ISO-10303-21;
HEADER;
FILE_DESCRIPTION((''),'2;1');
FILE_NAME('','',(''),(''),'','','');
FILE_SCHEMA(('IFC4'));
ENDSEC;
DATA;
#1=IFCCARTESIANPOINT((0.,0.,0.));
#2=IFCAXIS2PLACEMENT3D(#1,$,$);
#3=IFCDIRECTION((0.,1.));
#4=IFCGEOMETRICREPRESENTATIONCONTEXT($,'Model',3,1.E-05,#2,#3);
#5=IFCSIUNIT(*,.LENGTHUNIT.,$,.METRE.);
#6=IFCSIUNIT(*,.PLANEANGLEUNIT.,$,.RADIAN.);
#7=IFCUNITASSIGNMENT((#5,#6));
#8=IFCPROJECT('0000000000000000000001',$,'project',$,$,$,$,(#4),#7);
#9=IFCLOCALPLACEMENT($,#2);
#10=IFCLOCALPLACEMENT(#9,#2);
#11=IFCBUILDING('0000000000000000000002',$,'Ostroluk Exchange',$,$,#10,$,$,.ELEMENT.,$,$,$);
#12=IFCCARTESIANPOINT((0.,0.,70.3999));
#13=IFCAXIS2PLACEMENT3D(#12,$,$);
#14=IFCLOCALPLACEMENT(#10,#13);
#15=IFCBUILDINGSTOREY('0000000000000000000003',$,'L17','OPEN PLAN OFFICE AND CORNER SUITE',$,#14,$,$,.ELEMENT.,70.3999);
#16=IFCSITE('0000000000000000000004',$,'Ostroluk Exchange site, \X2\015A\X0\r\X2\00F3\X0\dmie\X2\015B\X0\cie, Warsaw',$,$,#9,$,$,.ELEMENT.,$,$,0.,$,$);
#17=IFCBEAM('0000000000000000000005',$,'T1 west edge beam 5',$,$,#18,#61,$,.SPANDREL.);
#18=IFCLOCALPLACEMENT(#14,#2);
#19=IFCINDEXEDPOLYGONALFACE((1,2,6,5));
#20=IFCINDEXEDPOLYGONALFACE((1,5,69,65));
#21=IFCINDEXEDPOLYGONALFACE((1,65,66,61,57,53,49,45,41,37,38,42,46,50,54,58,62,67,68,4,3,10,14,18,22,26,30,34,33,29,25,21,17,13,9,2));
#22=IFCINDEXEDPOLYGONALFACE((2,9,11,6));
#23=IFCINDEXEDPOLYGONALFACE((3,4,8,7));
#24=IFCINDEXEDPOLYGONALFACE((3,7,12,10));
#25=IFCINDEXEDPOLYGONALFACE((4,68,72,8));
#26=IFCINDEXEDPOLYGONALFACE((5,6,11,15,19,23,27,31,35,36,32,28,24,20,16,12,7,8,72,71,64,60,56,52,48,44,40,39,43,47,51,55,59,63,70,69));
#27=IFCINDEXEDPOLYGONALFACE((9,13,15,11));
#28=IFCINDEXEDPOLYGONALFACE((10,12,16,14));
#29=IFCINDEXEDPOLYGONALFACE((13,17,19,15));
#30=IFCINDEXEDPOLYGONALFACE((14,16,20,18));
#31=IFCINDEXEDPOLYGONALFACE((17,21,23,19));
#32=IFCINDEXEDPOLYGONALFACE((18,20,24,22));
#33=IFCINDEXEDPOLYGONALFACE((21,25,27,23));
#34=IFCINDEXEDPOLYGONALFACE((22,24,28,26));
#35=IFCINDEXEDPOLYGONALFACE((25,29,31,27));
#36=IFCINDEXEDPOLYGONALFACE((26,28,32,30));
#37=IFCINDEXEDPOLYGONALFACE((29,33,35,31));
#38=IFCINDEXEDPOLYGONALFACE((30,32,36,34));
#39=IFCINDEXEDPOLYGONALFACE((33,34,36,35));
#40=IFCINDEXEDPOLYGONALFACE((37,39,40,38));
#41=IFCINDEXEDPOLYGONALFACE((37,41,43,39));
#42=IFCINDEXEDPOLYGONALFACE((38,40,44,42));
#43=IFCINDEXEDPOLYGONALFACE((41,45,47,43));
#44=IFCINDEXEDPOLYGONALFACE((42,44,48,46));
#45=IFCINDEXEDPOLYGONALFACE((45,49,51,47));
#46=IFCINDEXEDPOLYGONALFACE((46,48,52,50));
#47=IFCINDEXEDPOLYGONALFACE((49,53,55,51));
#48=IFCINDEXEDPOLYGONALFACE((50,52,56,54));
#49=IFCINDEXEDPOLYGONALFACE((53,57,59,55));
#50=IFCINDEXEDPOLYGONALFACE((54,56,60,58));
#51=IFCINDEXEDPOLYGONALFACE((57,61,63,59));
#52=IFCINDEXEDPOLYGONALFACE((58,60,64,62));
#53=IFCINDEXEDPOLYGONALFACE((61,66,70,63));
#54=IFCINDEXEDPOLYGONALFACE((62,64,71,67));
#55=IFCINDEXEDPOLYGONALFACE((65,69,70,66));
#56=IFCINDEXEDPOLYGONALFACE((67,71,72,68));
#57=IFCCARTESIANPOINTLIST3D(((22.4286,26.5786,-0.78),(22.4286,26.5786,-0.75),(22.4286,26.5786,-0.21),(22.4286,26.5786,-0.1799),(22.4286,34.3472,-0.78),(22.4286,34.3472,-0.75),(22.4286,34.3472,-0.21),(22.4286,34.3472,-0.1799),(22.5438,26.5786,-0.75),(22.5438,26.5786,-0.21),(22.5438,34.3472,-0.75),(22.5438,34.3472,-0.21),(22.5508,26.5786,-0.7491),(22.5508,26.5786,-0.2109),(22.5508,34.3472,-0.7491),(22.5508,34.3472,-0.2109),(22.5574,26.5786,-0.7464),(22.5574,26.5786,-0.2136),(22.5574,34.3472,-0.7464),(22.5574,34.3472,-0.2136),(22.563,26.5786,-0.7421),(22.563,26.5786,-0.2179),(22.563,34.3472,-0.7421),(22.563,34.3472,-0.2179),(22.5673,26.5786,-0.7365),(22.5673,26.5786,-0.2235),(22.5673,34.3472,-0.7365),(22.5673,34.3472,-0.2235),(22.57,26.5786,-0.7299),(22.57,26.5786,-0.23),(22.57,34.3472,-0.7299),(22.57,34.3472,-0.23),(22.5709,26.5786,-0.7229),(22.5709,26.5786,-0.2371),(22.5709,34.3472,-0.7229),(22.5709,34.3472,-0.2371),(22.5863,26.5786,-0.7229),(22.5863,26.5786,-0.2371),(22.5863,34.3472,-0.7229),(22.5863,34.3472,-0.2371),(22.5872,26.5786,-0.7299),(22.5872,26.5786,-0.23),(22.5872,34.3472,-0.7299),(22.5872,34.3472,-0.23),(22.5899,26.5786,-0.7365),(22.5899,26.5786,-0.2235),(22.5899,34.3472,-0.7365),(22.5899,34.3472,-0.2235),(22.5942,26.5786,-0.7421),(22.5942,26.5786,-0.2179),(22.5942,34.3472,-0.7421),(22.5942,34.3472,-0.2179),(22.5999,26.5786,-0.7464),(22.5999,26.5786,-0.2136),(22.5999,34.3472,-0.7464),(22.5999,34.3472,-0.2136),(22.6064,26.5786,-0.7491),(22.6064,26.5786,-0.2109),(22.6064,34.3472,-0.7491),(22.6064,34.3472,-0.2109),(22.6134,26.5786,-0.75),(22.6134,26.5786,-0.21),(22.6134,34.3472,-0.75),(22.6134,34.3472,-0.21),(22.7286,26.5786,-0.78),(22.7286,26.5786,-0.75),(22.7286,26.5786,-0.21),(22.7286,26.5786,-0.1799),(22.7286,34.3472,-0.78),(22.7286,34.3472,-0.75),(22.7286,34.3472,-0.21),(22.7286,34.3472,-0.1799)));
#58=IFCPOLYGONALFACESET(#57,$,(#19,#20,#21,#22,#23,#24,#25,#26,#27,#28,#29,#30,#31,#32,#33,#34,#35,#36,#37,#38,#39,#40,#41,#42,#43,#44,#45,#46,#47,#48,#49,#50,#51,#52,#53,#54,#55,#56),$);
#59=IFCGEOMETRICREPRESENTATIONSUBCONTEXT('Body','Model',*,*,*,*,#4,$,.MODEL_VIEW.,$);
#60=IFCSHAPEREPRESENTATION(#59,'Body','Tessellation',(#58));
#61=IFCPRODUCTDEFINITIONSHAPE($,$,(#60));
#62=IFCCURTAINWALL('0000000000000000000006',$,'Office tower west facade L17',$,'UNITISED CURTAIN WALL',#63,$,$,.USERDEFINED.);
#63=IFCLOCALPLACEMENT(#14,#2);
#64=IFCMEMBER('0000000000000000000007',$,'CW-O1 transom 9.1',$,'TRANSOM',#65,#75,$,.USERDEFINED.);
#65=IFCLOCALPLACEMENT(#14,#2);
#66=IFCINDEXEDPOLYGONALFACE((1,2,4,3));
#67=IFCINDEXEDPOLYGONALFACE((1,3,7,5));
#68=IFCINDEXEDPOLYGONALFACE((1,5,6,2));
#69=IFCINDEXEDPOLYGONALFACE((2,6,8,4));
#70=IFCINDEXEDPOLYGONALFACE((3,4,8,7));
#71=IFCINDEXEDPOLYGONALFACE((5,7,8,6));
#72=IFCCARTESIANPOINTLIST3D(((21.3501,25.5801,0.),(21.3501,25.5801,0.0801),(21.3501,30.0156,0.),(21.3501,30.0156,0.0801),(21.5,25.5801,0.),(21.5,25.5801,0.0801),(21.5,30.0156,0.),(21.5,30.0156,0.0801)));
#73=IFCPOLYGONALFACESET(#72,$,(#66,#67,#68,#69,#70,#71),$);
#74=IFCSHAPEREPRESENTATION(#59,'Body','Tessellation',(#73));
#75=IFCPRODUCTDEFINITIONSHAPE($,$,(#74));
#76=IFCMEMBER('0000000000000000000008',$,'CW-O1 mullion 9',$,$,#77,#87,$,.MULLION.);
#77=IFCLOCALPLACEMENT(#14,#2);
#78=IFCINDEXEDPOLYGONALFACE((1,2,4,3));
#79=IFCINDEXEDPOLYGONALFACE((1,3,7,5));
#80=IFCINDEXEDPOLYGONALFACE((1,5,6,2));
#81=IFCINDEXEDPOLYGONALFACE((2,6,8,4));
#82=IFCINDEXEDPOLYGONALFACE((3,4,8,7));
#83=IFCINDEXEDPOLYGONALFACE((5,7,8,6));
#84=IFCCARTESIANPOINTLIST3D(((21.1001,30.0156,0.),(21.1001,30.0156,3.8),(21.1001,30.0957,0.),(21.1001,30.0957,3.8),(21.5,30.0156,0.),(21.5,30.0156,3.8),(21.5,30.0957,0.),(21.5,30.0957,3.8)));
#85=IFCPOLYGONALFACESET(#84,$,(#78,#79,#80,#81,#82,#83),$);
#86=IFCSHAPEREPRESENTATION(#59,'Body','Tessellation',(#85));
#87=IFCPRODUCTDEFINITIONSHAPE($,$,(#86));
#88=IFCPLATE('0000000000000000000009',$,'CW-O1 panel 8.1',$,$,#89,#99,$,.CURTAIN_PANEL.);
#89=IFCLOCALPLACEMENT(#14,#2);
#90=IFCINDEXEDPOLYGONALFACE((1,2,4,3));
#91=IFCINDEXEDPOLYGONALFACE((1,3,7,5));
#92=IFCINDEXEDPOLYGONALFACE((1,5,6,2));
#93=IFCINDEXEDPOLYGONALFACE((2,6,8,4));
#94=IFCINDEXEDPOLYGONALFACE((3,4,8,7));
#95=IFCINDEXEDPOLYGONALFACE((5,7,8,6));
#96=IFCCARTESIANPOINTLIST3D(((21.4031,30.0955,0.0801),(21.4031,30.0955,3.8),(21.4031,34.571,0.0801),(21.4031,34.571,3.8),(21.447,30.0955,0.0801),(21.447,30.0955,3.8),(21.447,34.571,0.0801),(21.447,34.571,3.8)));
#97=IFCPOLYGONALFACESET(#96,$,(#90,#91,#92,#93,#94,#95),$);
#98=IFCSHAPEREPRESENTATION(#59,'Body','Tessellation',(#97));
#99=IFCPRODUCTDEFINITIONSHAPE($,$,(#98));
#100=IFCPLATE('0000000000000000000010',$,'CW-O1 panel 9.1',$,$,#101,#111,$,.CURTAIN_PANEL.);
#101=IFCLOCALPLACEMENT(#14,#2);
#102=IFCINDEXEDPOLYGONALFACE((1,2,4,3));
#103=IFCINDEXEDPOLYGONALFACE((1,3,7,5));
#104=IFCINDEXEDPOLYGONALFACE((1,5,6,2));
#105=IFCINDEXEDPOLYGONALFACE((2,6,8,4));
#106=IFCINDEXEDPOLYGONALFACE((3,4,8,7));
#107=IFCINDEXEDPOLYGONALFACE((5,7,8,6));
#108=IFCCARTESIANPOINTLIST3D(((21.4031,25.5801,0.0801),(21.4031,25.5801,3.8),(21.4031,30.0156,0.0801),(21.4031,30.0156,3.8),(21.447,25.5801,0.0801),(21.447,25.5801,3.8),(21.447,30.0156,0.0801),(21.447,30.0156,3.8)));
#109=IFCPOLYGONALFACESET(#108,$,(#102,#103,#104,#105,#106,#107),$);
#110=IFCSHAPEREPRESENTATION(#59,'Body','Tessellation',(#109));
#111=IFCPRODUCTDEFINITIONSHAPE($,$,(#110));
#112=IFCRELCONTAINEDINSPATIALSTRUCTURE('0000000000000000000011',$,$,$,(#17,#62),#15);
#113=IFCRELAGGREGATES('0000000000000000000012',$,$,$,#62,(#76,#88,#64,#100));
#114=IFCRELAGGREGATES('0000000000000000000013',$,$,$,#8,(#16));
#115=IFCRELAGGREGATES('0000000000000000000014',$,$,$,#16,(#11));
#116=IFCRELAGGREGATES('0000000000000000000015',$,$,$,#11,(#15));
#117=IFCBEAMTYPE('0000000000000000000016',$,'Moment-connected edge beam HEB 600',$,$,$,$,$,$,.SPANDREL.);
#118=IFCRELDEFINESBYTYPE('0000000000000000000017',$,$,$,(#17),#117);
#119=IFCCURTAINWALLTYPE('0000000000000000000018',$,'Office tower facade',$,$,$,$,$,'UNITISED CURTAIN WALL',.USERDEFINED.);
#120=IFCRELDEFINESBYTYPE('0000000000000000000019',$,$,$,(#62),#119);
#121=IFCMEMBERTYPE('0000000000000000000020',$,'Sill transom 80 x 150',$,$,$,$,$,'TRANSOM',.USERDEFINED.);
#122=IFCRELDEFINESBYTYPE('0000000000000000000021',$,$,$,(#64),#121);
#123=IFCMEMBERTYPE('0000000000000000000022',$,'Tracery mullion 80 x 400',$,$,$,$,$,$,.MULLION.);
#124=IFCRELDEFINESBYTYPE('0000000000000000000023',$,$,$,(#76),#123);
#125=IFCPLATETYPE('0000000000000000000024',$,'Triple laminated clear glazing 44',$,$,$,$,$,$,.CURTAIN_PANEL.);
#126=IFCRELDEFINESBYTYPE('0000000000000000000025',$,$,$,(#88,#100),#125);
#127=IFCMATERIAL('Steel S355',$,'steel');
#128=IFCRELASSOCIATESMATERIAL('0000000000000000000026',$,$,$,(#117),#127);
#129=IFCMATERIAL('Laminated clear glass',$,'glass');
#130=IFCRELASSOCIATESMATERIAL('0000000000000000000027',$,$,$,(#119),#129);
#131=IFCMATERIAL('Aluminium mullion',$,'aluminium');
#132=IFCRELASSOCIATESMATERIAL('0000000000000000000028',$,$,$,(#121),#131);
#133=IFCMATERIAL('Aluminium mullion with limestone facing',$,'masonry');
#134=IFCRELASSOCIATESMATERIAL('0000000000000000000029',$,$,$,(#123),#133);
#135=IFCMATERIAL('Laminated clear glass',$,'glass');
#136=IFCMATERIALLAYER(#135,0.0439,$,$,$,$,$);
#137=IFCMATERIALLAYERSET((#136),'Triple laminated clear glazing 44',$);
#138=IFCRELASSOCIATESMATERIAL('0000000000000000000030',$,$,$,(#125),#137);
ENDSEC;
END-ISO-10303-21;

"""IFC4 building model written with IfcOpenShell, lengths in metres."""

from ifc_helpers import new_model, si_unit, direction, frame, origin, origin_2d, place, context, subcontext, project, spatial, rectangle, i_section, extrude, material, layer, layer_set, material_profile, profile_set, type_object, element, aggregate, save


model = new_model("IFC4")

# Units and contexts
model_context = context("Model", 3, precision=1e-05, world=origin(), true_north=direction((0.0, 1.0)))
body_context = subcontext(model_context, "Body", "Model", "MODEL_VIEW")
ifc_project = project(units=[si_unit("LENGTHUNIT", "METRE"), si_unit("PLANEANGLEUNIT", "RADIAN")], contexts=[model_context])

# Site, building, storey
site_placement = place(None, origin())
site = spatial("IfcSite", under=ifc_project, at=site_placement, Name="Ostroluk Exchange site, Śródmieście, Warsaw", CompositionType="ELEMENT", RefElevation=0.0)
building_placement = place(site_placement, origin())
building = spatial("IfcBuilding", under=site, at=building_placement, Name="Ostroluk Exchange", CompositionType="ELEMENT")
storey_placement = place(building_placement, frame((0.0, 0.0, 70.3999)))
storey = spatial("IfcBuildingStorey", under=building, at=storey_placement, Name="L17", Description="OPEN PLAN OFFICE AND CORNER SUITE", CompositionType="ELEMENT", Elevation=70.3999)

# Beam
ifc_material_1 = material(Name="Steel S355", Category="steel")
ifc_material_profile_1 = material_profile(ifc_material_1, i_section(OverallWidth=0.3, OverallDepth=0.6001, WebThickness=0.0154, FlangeThickness=0.03, FilletRadius=0.0271, at=origin_2d()), Name="HEB 600")
ifc_profile_set_1 = profile_set([ifc_material_profile_1], Name="Steel S355")
beam_type_1 = type_object("IfcBeamType", Name="Moment-connected edge beam HEB 600", PredefinedType="SPANDREL", material=ifc_profile_set_1)
beam_placement = place(storey_placement, frame((22.5786, 34.3472, -0.48), z_axis=(0.0, -1.0, 0.0), x_axis=(1.0, 0.0, 0.0)))
element("IfcBeam", 1, at=beam_placement, inside=storey, type_object=beam_type_1, Name="T1 west edge beam 5", PredefinedType="SPANDREL", context=body_context, shape_type="SweptSolid", body=[
    extrude(i_section(OverallWidth=0.3, OverallDepth=0.6001, WebThickness=0.0154, FlangeThickness=0.03, FilletRadius=0.0271, at=origin_2d()), origin(), (0.0, 0.0, 1.0), 7.7686),
])

# Curtain wall, members, plates
ifc_material_2 = material(Name="Laminated clear glass", Category="glass")
curtain_wall_type = type_object("IfcCurtainWallType", Name="Office tower facade", ElementType="UNITISED CURTAIN WALL", PredefinedType="USERDEFINED", material=ifc_material_2)
curtain_wall_placement = place(storey_placement, origin())
curtain_wall = element("IfcCurtainWall", 2, at=curtain_wall_placement, inside=storey, type_object=curtain_wall_type, Name="Office tower west facade L17", ObjectType="UNITISED CURTAIN WALL", PredefinedType="USERDEFINED")
ifc_material_3 = material(Name="Aluminium mullion", Category="aluminium")
ifc_material_profile_2 = material_profile(ifc_material_3, rectangle(XDim=0.1499, YDim=0.0801, at=origin_2d()), Name="Sill transom 80 x 150")
ifc_profile_set_2 = profile_set([ifc_material_profile_2], Name="Aluminium mullion")
member_type_1 = type_object("IfcMemberType", Name="Sill transom 80 x 150", ElementType="TRANSOM", PredefinedType="USERDEFINED", material=ifc_profile_set_2)
member_1_placement = place(storey_placement, frame((21.425, 30.0156, 0.04), z_axis=(0.0, -1.0, 0.0), x_axis=(1.0, 0.0, 0.0)))
member_1 = element("IfcMember", 3, at=member_1_placement, type_object=member_type_1, Name="CW-O1 transom 9.1", ObjectType="TRANSOM", PredefinedType="USERDEFINED", context=body_context, shape_type="SweptSolid", body=[
    extrude(rectangle(XDim=0.1499, YDim=0.0801, at=origin_2d()), origin(), (0.0, 0.0, 1.0), 4.4355),
])
ifc_material_4 = material(Name="Aluminium mullion with limestone facing", Category="masonry")
ifc_material_profile_3 = material_profile(ifc_material_4, rectangle(XDim=0.3999, YDim=0.0801, at=origin_2d()), Name="Tracery mullion 80 x 400")
ifc_profile_set_3 = profile_set([ifc_material_profile_3], Name="Aluminium mullion with limestone facing")
member_type_2 = type_object("IfcMemberType", Name="Tracery mullion 80 x 400", PredefinedType="MULLION", material=ifc_profile_set_3)
member_2_placement = place(storey_placement, frame((21.3, 30.0557, 0.0), z_axis=(0.0, 0.0, 1.0), x_axis=(1.0, 0.0, 0.0)))
member_2 = element("IfcMember", 4, at=member_2_placement, type_object=member_type_2, Name="CW-O1 mullion 9", PredefinedType="MULLION", context=body_context, shape_type="SweptSolid", body=[
    extrude(rectangle(XDim=0.3999, YDim=0.0801, at=origin_2d()), origin(), (0.0, 0.0, 1.0), 3.8),
])
ifc_material_5 = material(Name="Laminated clear glass", Category="glass")
ifc_layer = layer(ifc_material_5, 0.0439)
ifc_layer_set = layer_set([ifc_layer], Name="Triple laminated clear glazing 44")
plate_type = type_object("IfcPlateType", Name="Triple laminated clear glazing 44", PredefinedType="CURTAIN_PANEL", material=ifc_layer_set)
plate_1_placement = place(storey_placement, frame((21.425, 32.3333, 0.0801), z_axis=(0.0, 0.0, 1.0), x_axis=(0.0, -1.0, 0.0)))
plate_1 = element("IfcPlate", 5, at=plate_1_placement, type_object=plate_type, Name="CW-O1 panel 8.1", PredefinedType="CURTAIN_PANEL", context=body_context, shape_type="SweptSolid", body=[
    extrude(rectangle(XDim=4.4756, YDim=0.0439, at=origin_2d()), origin(), (0.0, 0.0, 1.0), 3.72),
])
plate_2_placement = place(storey_placement, frame((21.425, 27.7979, 0.0801), z_axis=(0.0, 0.0, 1.0), x_axis=(0.0, -1.0, 0.0)))
plate_2 = element("IfcPlate", 6, at=plate_2_placement, type_object=plate_type, Name="CW-O1 panel 9.1", PredefinedType="CURTAIN_PANEL", context=body_context, shape_type="SweptSolid", body=[
    extrude(rectangle(XDim=4.4355, YDim=0.0439, at=origin_2d()), origin(), (0.0, 0.0, 1.0), 3.72),
])
aggregate(curtain_wall, [member_2, plate_1, member_1, plate_2])

save(model, "model.ifc")
